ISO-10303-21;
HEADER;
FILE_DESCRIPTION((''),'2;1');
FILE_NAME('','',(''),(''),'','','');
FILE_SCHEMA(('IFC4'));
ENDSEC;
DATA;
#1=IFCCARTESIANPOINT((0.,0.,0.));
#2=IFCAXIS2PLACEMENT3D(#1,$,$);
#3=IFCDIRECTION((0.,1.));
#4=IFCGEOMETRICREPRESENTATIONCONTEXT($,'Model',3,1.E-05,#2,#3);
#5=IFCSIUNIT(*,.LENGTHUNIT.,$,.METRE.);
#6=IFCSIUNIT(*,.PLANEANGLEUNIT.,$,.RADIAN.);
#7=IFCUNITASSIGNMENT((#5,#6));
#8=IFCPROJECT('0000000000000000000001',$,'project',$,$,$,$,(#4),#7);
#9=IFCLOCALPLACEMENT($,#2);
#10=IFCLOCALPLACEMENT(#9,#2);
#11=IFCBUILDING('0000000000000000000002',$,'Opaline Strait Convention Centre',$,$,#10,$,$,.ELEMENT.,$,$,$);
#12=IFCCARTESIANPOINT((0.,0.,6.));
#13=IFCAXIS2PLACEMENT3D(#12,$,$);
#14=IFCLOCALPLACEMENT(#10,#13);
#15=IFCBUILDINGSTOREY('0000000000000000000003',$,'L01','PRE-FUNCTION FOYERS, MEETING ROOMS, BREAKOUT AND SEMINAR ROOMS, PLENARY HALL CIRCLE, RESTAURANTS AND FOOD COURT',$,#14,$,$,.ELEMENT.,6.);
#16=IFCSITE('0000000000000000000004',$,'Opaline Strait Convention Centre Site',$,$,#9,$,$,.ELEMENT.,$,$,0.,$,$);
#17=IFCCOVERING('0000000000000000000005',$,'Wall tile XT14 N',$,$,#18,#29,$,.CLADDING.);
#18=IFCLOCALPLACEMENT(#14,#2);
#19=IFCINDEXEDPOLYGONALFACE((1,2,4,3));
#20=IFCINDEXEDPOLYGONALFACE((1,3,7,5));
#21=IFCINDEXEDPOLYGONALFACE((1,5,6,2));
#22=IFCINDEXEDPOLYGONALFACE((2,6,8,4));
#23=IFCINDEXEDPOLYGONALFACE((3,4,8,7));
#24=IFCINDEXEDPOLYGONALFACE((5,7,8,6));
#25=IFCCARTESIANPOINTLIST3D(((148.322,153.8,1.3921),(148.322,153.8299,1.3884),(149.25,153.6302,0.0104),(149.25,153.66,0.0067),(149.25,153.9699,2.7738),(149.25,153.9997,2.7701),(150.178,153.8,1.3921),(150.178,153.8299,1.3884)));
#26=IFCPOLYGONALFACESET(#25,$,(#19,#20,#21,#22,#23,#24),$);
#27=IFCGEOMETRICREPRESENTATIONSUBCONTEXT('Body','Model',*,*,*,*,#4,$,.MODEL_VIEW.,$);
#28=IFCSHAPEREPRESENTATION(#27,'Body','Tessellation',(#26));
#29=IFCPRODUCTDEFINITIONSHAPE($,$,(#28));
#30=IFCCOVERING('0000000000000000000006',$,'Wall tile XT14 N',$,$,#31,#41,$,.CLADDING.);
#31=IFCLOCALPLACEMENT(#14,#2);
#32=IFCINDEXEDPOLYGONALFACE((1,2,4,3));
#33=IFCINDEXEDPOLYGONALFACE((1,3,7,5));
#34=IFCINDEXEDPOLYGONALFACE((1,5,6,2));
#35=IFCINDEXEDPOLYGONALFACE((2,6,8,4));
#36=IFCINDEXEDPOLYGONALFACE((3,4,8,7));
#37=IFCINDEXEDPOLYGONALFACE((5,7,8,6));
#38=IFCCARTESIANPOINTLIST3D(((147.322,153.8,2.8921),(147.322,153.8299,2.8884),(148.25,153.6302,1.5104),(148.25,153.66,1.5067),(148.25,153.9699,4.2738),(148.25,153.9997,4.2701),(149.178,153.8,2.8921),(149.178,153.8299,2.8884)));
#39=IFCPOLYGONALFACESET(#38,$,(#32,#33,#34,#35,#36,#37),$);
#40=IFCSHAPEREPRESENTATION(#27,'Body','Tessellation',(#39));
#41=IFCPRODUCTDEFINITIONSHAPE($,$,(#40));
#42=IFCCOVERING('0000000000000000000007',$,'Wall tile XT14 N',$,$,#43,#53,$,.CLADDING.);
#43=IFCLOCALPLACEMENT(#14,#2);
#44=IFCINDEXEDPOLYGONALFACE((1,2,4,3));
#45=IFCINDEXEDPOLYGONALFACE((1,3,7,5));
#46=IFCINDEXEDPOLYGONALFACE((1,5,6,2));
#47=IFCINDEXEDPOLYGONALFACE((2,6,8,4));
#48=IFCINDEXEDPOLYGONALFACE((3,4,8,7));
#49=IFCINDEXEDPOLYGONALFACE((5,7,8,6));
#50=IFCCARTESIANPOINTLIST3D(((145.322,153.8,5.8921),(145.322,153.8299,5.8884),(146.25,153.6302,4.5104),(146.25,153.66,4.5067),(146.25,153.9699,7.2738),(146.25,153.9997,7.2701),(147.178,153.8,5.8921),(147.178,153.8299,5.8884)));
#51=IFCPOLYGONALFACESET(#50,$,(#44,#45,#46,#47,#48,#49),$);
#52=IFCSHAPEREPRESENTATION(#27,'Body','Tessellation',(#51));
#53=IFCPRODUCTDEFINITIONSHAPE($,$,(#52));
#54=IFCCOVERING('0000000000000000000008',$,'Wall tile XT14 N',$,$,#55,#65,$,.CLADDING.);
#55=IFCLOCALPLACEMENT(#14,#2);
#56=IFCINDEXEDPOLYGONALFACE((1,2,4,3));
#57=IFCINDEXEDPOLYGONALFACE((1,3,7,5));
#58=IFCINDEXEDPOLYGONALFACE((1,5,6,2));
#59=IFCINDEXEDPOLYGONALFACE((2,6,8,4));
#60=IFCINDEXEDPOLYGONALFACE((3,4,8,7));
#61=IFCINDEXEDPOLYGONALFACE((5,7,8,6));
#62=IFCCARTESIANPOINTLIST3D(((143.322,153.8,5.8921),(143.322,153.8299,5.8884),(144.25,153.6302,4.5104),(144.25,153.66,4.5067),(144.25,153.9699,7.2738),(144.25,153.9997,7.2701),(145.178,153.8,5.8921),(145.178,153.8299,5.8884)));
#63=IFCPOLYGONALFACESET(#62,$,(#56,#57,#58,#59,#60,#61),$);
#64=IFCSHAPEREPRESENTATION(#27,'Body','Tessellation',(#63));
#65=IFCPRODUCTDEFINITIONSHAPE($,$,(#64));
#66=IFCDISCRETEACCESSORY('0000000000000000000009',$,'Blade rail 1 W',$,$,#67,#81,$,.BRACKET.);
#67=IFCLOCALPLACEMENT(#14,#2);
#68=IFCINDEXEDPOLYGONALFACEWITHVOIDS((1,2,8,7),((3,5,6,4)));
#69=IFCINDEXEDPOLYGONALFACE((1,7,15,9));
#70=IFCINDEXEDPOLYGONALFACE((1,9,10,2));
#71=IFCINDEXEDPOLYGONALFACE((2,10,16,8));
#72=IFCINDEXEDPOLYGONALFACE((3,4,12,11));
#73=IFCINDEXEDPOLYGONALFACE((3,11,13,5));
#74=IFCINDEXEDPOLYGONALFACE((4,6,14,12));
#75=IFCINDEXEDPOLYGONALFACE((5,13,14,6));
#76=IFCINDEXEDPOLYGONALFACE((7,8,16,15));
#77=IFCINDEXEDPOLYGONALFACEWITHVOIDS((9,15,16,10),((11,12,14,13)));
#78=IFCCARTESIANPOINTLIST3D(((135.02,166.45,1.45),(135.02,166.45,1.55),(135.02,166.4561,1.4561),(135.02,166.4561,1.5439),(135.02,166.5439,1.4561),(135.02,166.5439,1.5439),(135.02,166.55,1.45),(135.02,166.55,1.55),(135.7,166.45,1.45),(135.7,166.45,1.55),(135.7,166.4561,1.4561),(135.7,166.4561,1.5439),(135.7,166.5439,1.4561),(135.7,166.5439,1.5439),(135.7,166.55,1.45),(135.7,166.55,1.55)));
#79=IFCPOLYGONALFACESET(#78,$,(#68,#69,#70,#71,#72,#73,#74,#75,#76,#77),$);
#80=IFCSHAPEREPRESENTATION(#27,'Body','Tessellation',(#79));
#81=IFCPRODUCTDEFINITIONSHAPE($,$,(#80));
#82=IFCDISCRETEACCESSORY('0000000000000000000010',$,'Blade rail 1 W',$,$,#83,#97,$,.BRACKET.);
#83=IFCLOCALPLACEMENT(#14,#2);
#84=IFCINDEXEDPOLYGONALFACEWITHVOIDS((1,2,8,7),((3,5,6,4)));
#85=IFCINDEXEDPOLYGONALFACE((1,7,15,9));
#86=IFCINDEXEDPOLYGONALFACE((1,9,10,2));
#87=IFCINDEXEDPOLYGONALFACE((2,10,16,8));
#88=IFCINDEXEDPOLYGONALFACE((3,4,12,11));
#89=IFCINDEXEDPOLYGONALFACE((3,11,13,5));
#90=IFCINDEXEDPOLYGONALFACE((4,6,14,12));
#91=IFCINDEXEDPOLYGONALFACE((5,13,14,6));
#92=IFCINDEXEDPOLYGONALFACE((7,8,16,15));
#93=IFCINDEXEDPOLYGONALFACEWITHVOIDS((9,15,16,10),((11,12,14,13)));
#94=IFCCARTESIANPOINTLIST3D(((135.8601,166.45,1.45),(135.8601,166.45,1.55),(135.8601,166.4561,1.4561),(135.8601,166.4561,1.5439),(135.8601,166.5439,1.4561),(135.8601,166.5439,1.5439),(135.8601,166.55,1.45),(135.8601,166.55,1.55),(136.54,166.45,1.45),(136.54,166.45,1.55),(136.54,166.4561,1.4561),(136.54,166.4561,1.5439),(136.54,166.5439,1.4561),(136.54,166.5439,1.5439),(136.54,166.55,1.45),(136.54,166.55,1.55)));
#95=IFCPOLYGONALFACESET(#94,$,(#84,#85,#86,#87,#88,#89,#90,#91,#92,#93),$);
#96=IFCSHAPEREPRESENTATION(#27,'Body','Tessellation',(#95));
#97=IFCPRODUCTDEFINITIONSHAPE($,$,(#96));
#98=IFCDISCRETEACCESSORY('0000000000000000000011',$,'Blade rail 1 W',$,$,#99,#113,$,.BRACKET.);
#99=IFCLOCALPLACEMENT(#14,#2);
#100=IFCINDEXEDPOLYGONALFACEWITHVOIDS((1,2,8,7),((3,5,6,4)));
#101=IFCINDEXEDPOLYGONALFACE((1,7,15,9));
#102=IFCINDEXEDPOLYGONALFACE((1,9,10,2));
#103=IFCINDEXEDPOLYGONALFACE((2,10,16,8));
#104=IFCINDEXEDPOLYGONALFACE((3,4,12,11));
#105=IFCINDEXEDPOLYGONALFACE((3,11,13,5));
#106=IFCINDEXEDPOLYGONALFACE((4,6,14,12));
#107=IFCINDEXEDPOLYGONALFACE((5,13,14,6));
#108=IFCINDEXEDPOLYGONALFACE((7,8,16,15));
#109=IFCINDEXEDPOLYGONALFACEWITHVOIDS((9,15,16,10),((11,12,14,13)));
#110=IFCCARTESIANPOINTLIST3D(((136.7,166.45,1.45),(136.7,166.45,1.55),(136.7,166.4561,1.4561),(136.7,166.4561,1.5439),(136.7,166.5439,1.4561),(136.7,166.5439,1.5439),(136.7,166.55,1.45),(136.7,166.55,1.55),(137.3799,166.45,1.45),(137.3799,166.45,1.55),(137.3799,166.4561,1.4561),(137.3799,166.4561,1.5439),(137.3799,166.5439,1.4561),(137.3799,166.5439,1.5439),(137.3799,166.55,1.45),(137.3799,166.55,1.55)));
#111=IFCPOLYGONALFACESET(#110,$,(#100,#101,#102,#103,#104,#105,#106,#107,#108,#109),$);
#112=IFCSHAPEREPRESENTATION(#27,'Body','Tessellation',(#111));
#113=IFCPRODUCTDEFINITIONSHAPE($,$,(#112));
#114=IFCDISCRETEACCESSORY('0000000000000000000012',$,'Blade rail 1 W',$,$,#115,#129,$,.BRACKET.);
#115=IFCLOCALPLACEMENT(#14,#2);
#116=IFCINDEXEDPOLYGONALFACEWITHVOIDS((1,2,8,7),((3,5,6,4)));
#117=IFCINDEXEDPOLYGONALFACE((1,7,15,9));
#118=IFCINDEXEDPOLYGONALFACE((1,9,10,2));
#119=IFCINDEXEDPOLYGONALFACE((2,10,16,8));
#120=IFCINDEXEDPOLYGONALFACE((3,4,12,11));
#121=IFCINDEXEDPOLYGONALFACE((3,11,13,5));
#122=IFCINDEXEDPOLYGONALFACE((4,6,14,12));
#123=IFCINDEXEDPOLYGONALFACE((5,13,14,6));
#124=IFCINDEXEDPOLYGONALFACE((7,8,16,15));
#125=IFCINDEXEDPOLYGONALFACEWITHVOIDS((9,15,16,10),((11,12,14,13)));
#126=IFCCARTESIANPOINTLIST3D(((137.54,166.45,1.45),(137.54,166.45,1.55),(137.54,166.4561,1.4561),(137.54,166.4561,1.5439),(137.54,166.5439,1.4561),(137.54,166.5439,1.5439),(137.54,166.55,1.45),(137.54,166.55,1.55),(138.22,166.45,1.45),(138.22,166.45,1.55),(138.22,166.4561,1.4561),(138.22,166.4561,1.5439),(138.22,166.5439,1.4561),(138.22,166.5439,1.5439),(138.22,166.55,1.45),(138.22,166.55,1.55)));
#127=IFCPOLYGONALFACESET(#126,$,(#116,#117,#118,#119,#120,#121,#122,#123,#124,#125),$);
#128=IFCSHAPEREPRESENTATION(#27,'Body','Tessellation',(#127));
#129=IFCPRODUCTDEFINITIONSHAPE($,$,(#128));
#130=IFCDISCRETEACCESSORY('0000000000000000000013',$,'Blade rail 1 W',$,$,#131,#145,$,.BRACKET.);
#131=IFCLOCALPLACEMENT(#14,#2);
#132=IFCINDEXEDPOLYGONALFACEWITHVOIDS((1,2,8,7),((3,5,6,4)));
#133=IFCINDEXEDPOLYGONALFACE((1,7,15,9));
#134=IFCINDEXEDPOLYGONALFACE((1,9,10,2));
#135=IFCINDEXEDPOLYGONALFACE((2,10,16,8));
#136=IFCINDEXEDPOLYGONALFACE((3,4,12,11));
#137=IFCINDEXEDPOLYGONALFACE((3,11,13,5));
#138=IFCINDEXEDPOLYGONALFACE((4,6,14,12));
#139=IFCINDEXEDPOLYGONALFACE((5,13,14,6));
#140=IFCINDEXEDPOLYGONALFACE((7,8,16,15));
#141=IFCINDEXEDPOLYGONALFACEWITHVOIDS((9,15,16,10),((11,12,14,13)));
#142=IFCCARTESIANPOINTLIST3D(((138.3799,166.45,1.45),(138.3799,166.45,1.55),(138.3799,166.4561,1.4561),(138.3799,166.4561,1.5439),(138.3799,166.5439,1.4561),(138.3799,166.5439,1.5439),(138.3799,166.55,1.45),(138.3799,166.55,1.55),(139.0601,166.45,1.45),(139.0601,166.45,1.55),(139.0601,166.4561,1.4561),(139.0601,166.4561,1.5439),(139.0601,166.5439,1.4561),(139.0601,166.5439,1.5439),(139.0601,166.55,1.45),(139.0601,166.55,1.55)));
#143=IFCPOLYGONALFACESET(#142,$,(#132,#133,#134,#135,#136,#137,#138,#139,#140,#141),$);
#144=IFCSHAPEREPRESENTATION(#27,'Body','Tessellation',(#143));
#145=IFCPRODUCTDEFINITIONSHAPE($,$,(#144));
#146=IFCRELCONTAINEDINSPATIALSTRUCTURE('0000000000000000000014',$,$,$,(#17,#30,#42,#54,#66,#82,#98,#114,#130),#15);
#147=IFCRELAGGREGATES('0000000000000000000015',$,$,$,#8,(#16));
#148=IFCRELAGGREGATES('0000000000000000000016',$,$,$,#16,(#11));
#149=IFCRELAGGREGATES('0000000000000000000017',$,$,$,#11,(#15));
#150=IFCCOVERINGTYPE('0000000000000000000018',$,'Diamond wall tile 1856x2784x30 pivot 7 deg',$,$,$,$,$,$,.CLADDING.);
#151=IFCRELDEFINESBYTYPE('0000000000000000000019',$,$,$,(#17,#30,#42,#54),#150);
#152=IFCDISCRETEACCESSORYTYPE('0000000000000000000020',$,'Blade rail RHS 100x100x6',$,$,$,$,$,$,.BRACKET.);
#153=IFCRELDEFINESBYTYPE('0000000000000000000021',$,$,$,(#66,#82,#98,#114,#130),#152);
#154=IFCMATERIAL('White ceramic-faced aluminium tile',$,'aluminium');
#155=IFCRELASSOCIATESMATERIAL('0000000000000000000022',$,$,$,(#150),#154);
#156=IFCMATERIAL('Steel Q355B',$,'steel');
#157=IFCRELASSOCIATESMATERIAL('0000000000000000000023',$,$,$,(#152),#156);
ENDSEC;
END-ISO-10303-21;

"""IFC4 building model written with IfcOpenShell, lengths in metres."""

from ifc_helpers import new_model, si_unit, direction, frame, origin, origin_2d, place, context, subcontext, project, spatial, polyline, hollow_rectangle, outline, extrude, material, material_profile, profile_set, type_object, element, save


model = new_model("IFC4")

# Units and contexts
model_context = context("Model", 3, precision=1e-05, world=origin(), true_north=direction((0.0, 1.0)))
body_context = subcontext(model_context, "Body", "Model", "MODEL_VIEW")
ifc_project = project(units=[si_unit("LENGTHUNIT", "METRE"), si_unit("PLANEANGLEUNIT", "RADIAN")], contexts=[model_context])

# Site, building, storey
site_placement = place(None, origin())
site = spatial("IfcSite", under=ifc_project, at=site_placement, Name="Opaline Strait Convention Centre Site", CompositionType="ELEMENT", RefElevation=0.0)
building_placement = place(site_placement, origin())
building = spatial("IfcBuilding", under=site, at=building_placement, Name="Opaline Strait Convention Centre", CompositionType="ELEMENT")
storey_placement = place(building_placement, frame((0.0, 0.0, 6.0)))
storey = spatial("IfcBuildingStorey", under=building, at=storey_placement, Name="L01", Description="PRE-FUNCTION FOYERS, MEETING ROOMS, BREAKOUT AND SEMINAR ROOMS, PLENARY HALL CIRCLE, RESTAURANTS AND FOOD COURT", CompositionType="ELEMENT", Elevation=6.0)

# Coverings
ifc_material_1 = material(Name="White ceramic-faced aluminium tile", Category="aluminium")
ifc_material_profile_1 = material_profile(ifc_material_1, outline(polyline([(0.928, 0.0), (0.0, 1.3921), (-0.928, 0.0), (0.0, -1.3921), (0.928, 0.0)])), Name="Diamond tile 1856x2784")
ifc_profile_set_1 = profile_set([ifc_material_profile_1], Name="White ceramic-faced aluminium tile")
covering_type_1 = type_object("IfcCoveringType", Name="Diamond wall tile 1856x2784x30 pivot 7 deg", PredefinedType="CLADDING", material=ifc_profile_set_1)
for number, where, z_axis, x_axis, name in (
    (1, (149.25, 153.8, 1.3921), (0.0, 0.992526, -0.122032), (-1.0, 0.0, 0.0), "Wall tile XT14 N"),
    (2, (148.25, 153.8, 2.8921), (0.0, 0.992526, -0.122032), (-1.0, 0.0, 0.0), "Wall tile XT14 N"),
    (3, (146.25, 153.8, 5.8921), (0.0, 0.992526, -0.122032), (-1.0, 0.0, 0.0), "Wall tile XT14 N"),
    (4, (144.25, 153.8, 5.8921), (0.0, 0.992526, -0.122032), (-1.0, 0.0, 0.0), "Wall tile XT14 N"),
):
    element("IfcCovering", number, at=place(storey_placement, frame(where, z_axis=z_axis, x_axis=x_axis)), inside=storey, type_object=covering_type_1, Name=name, PredefinedType="CLADDING", context=body_context, shape_type="SweptSolid", body=[
        extrude(outline(polyline([(0.928, 0.0), (0.0, 1.3921), (-0.928, 0.0), (0.0, -1.3921), (0.928, 0.0)])), origin(), (0.0, 0.0, 1.0), 0.03),
    ])

# Discrete accessories
ifc_material_2 = material(Name="Steel Q355B", Category="steel")
ifc_material_profile_2 = material_profile(ifc_material_2, hollow_rectangle(XDim=0.1001, YDim=0.1001, WallThickness=0.0061, at=origin_2d()), Name="RHS 100x100x6")
ifc_profile_set_2 = profile_set([ifc_material_profile_2], Name="Steel Q355B")
discrete_accessory_type = type_object("IfcDiscreteAccessoryType", Name="Blade rail RHS 100x100x6", PredefinedType="BRACKET", material=ifc_profile_set_2)
for number, where, z_axis, x_axis, name in (
    (5, (135.02, 166.5, 1.5), (1.0, 0.0, 0.0), (0.0, 1.0, 0.0), "Blade rail 1 W"),
    (6, (135.8601, 166.5, 1.5), (1.0, 0.0, 0.0), (0.0, 1.0, 0.0), "Blade rail 1 W"),
    (7, (136.7, 166.5, 1.5), (1.0, 0.0, 0.0), (0.0, 1.0, 0.0), "Blade rail 1 W"),
    (8, (137.54, 166.5, 1.5), (1.0, 0.0, 0.0), (0.0, 1.0, 0.0), "Blade rail 1 W"),
):
    element("IfcDiscreteAccessory", number, at=place(storey_placement, frame(where, z_axis=z_axis, x_axis=x_axis)), inside=storey, type_object=discrete_accessory_type, Name=name, PredefinedType="BRACKET", context=body_context, shape_type="SweptSolid", body=[
        extrude(hollow_rectangle(XDim=0.1001, YDim=0.1001, WallThickness=0.0061, at=origin_2d()), origin(), (0.0, 0.0, 1.0), 0.6799),
    ])
discrete_accessory_placement = place(storey_placement, frame((138.3799, 166.5, 1.5), z_axis=(1.0, 0.0, 0.0), x_axis=(0.0, 1.0, 0.0)))
element("IfcDiscreteAccessory", 9, at=discrete_accessory_placement, inside=storey, type_object=discrete_accessory_type, Name="Blade rail 1 W", PredefinedType="BRACKET", context=body_context, shape_type="SweptSolid", body=[
    extrude(hollow_rectangle(XDim=0.1001, YDim=0.1001, WallThickness=0.0061, at=origin_2d()), origin(), (0.0, 0.0, 1.0), 0.6802),
])

save(model, "model.ifc")
